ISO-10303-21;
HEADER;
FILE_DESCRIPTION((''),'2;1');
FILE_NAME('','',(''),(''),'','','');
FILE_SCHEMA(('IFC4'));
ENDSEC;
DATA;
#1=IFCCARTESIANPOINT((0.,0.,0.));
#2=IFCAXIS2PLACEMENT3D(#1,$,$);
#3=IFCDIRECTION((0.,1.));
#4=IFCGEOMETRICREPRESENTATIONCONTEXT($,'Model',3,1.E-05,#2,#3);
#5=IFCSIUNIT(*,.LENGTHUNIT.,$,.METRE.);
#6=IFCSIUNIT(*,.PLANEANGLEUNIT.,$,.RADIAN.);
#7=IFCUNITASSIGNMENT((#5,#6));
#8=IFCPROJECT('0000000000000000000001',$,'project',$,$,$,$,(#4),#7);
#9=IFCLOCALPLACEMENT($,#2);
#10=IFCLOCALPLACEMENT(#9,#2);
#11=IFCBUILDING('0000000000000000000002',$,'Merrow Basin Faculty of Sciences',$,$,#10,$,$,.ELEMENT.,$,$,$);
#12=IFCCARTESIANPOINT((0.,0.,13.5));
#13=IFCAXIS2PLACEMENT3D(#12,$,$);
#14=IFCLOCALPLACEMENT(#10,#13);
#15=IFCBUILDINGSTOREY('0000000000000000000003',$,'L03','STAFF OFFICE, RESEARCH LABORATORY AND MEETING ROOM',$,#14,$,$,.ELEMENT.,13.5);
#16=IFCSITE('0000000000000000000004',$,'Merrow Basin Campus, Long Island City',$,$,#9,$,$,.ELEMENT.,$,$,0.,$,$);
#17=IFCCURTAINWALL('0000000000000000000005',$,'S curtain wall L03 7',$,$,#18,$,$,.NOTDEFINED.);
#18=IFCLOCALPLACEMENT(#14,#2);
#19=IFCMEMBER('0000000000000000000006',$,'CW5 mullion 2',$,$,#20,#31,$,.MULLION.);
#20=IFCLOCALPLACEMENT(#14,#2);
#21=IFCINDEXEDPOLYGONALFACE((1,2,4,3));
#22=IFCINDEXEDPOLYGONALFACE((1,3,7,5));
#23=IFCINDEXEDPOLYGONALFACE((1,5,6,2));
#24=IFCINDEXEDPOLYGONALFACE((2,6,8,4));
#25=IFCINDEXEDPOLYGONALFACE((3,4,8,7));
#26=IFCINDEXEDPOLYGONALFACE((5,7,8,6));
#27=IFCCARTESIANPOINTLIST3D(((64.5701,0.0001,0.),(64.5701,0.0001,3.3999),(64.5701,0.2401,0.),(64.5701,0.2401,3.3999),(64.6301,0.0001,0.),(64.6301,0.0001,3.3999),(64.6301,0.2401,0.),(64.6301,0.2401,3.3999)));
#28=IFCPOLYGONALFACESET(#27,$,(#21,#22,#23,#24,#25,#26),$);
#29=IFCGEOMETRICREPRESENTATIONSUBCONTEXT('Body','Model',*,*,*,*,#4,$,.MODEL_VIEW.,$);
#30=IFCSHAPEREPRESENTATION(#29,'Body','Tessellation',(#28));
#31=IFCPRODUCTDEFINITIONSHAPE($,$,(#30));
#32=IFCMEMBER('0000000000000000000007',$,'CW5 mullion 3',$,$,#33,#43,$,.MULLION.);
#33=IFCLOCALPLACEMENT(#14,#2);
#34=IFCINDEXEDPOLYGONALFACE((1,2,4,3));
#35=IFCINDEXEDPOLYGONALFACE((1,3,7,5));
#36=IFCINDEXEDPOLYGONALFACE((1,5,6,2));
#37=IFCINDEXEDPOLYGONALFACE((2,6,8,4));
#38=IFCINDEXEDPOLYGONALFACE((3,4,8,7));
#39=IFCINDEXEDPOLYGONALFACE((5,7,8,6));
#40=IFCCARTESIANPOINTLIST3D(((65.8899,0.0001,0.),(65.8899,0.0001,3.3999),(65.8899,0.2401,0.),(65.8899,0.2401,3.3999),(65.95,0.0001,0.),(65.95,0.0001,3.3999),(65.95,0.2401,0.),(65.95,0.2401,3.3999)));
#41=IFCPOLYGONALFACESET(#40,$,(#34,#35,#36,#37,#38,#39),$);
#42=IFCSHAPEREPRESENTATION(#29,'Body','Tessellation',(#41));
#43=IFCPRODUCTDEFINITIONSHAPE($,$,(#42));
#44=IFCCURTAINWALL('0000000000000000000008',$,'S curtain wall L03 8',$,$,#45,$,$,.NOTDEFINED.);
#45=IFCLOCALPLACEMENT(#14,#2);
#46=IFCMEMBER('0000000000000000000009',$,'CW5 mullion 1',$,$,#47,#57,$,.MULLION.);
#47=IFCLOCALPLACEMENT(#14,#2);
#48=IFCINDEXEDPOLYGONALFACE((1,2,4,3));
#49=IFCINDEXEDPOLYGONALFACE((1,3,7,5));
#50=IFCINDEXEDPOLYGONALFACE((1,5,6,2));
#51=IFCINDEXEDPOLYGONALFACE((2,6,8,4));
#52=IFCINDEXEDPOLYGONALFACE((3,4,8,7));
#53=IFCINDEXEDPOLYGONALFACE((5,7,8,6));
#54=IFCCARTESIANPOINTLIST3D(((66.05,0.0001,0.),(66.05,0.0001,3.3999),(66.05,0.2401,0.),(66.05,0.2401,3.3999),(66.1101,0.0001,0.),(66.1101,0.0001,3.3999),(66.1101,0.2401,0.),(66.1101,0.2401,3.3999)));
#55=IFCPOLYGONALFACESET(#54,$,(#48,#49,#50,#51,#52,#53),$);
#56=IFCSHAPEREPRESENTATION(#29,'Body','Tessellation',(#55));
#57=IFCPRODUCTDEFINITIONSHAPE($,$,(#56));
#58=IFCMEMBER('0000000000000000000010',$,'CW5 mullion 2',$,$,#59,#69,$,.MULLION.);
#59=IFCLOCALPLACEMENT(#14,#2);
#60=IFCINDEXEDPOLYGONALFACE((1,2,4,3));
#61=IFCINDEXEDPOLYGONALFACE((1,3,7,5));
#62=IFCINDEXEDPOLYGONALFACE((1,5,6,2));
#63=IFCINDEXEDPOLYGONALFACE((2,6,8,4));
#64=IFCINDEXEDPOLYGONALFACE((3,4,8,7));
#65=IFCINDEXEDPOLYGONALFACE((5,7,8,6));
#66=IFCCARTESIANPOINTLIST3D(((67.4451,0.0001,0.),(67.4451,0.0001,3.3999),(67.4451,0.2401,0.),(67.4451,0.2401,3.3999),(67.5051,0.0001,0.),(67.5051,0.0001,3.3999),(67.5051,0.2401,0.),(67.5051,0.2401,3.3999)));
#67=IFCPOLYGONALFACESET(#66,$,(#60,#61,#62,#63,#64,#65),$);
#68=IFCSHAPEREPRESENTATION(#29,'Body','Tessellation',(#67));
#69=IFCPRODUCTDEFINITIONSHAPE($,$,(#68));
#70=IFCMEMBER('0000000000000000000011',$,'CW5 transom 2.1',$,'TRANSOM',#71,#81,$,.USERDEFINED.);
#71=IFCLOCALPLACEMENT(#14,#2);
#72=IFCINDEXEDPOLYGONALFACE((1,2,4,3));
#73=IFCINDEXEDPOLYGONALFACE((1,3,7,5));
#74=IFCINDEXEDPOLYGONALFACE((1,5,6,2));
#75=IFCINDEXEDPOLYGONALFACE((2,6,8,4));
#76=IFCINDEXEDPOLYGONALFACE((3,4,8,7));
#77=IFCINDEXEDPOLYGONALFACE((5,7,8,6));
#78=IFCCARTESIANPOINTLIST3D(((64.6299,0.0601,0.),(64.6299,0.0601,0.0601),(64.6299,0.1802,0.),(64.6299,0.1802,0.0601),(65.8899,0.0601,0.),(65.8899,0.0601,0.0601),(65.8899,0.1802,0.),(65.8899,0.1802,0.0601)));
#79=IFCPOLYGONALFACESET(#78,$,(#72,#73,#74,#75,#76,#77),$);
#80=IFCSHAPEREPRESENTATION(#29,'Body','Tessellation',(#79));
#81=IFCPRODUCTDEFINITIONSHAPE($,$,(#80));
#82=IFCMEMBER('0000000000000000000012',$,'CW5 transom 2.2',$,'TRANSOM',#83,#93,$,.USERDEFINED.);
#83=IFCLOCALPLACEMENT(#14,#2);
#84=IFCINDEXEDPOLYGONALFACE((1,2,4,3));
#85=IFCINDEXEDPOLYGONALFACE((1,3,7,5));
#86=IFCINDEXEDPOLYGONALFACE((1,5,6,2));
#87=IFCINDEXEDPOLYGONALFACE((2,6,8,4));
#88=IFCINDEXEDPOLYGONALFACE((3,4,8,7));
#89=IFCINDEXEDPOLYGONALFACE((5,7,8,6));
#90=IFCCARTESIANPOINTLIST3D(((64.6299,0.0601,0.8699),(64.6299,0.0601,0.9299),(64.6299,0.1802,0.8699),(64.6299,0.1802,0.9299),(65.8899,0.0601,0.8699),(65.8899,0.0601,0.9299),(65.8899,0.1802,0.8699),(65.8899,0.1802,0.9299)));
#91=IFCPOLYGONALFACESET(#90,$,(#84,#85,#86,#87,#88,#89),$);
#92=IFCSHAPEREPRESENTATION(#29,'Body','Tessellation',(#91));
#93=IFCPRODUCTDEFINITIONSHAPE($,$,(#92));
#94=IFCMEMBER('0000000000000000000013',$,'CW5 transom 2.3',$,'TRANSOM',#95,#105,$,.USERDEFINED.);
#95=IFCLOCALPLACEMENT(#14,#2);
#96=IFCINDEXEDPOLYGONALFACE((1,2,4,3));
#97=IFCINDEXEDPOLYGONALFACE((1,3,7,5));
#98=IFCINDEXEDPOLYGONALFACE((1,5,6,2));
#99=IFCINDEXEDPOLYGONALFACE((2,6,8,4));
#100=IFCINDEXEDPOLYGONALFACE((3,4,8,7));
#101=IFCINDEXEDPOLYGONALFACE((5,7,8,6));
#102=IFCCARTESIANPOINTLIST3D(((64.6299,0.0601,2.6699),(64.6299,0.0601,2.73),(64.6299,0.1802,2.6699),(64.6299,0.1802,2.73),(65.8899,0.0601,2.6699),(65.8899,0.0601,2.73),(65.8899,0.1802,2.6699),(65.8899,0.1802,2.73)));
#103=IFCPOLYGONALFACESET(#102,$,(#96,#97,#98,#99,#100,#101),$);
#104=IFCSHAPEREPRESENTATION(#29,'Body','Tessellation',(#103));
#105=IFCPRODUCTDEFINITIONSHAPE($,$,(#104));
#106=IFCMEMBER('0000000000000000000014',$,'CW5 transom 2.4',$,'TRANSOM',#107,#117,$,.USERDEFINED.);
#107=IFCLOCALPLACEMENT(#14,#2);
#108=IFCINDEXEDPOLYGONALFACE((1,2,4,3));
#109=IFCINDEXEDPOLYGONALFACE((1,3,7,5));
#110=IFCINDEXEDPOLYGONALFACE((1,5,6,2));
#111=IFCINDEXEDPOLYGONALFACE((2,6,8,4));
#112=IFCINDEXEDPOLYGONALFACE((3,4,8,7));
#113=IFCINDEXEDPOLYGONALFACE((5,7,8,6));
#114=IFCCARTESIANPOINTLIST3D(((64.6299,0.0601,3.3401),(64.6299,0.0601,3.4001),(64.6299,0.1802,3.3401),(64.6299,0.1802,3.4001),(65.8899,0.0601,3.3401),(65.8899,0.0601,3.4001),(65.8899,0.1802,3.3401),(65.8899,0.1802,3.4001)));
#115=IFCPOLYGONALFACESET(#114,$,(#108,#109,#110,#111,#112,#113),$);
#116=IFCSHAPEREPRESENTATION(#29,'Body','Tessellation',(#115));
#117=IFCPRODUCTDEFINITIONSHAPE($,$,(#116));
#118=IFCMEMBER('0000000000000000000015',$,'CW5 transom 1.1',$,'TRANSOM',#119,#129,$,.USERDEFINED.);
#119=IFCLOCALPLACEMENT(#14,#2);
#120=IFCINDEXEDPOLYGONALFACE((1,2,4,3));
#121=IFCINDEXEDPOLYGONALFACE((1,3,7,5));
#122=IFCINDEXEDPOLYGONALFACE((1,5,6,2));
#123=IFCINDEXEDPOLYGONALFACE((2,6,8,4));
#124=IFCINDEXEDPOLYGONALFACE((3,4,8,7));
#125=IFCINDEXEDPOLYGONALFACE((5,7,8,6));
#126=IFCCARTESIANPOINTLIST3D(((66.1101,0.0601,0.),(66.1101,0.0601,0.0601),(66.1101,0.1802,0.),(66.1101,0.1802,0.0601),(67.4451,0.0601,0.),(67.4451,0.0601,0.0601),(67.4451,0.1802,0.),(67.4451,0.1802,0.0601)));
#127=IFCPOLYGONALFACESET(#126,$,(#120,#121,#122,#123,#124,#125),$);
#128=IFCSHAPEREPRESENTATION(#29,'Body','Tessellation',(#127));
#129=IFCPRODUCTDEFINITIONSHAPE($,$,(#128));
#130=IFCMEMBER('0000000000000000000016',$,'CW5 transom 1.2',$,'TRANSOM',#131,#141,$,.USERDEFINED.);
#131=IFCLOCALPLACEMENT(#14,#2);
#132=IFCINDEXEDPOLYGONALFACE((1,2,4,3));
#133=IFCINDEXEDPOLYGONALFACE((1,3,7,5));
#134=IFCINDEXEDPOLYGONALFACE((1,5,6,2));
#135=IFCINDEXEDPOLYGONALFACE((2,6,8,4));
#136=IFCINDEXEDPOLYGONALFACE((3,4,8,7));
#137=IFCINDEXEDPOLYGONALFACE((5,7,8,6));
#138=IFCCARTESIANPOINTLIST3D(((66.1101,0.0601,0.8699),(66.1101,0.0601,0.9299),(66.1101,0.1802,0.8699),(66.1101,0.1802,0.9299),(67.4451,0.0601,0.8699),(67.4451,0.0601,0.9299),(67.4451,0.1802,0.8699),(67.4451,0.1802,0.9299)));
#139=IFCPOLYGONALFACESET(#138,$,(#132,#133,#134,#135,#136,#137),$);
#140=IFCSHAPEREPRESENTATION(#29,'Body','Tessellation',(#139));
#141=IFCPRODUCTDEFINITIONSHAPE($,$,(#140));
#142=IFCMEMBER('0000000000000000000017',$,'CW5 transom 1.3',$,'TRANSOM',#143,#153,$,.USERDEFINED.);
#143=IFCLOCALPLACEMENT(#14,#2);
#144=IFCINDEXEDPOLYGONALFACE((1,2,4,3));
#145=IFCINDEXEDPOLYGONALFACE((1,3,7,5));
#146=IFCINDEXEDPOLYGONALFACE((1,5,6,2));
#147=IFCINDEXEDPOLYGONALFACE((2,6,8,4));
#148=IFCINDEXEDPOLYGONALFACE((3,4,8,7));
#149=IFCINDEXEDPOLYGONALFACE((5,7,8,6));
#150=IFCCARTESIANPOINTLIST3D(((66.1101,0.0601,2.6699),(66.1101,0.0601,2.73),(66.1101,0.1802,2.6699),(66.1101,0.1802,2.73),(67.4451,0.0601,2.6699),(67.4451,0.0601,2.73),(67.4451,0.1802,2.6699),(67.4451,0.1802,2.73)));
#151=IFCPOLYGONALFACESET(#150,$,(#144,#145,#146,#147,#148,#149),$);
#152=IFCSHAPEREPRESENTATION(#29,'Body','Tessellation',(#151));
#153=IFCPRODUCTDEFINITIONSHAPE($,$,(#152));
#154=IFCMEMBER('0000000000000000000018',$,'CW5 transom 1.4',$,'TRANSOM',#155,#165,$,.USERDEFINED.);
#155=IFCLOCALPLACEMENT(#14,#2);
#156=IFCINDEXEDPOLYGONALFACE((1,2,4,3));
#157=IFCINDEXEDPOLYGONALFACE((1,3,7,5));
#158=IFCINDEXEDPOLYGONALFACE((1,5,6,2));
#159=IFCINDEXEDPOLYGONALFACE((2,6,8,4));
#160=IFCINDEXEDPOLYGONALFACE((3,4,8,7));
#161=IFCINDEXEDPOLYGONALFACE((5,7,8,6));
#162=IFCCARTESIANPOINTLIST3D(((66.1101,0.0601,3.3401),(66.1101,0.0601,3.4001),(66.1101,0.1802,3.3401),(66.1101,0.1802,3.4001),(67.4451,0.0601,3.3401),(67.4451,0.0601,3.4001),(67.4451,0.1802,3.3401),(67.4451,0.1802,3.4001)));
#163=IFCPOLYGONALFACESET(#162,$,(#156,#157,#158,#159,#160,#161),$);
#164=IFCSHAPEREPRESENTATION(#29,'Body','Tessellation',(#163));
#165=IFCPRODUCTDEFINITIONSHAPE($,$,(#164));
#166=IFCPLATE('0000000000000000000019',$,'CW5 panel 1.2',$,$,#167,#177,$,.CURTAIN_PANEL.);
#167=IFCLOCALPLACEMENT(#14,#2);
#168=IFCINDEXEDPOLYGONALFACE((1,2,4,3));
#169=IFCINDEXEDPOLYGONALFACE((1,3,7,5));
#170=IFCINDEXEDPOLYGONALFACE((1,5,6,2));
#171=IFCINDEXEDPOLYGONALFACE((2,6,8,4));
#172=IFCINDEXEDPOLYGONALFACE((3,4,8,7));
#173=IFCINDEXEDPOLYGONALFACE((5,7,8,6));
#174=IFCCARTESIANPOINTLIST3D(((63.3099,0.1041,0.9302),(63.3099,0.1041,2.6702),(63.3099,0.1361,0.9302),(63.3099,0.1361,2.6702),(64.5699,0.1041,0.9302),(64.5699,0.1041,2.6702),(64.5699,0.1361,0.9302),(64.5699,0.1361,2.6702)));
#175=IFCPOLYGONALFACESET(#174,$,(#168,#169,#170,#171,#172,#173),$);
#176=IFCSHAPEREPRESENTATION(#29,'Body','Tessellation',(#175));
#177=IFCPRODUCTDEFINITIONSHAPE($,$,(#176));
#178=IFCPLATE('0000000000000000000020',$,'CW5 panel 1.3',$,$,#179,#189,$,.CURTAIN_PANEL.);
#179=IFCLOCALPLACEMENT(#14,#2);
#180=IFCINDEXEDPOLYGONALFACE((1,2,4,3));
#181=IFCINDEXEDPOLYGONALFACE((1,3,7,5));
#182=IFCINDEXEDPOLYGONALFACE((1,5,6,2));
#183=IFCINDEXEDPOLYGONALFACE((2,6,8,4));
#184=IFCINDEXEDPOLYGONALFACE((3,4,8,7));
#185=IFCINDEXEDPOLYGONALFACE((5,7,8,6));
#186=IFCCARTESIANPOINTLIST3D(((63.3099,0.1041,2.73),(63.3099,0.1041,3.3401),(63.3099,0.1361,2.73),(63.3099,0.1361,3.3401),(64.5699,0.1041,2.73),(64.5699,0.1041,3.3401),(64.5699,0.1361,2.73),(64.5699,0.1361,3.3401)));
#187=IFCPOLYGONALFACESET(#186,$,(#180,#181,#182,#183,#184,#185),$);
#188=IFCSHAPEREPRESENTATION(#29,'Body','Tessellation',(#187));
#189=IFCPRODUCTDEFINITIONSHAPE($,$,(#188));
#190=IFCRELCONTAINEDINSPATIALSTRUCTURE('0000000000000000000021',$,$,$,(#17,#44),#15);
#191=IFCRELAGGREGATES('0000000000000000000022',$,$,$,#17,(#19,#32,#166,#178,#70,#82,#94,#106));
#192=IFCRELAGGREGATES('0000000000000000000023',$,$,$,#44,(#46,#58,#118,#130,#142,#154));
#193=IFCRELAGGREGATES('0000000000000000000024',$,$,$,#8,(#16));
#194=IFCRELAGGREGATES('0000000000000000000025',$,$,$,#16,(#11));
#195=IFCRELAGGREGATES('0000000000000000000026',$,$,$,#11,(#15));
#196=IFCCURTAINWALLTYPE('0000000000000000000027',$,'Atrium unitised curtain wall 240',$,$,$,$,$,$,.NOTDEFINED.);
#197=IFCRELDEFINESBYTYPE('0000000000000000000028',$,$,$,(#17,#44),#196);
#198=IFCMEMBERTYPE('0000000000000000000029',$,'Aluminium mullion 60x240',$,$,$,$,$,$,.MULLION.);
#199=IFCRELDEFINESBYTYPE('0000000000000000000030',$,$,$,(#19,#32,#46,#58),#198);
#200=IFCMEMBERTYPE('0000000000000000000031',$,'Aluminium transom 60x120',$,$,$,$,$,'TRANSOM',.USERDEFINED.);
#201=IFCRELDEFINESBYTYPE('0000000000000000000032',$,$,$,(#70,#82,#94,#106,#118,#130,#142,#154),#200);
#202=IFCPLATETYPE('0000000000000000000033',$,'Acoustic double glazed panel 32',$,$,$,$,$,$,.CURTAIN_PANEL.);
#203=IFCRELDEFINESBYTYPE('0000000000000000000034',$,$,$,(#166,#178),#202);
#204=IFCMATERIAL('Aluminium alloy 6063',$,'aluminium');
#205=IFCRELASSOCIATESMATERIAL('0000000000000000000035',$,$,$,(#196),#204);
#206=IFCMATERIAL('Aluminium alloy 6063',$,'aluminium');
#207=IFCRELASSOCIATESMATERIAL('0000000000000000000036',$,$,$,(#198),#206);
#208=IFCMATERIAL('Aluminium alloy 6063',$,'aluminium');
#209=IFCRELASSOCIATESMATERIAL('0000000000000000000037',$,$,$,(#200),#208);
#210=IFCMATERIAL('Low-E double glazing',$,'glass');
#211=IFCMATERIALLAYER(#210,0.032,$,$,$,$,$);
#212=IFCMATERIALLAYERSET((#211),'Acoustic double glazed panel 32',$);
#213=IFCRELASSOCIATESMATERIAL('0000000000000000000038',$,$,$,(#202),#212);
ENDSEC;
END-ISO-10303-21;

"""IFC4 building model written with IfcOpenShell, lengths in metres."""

from ifc_helpers import new_model, si_unit, direction, frame, origin, origin_2d, place, context, subcontext, project, spatial, rectangle, extrude, material, layer, layer_set, material_profile, profile_set, type_object, element, aggregate, save


model = new_model("IFC4")

# Units and contexts
model_context = context("Model", 3, precision=1e-05, world=origin(), true_north=direction((0.0, 1.0)))
body_context = subcontext(model_context, "Body", "Model", "MODEL_VIEW")
ifc_project = project(units=[si_unit("LENGTHUNIT", "METRE"), si_unit("PLANEANGLEUNIT", "RADIAN")], contexts=[model_context])

# Site, building, storey
site_placement = place(None, origin())
site = spatial("IfcSite", under=ifc_project, at=site_placement, Name="Merrow Basin Campus, Long Island City", CompositionType="ELEMENT", RefElevation=0.0)
building_placement = place(site_placement, origin())
building = spatial("IfcBuilding", under=site, at=building_placement, Name="Merrow Basin Faculty of Sciences", CompositionType="ELEMENT")
storey_placement = place(building_placement, frame((0.0, 0.0, 13.5)))
storey = spatial("IfcBuildingStorey", under=building, at=storey_placement, Name="L03", Description="STAFF OFFICE, RESEARCH LABORATORY AND MEETING ROOM", CompositionType="ELEMENT", Elevation=13.5)

# Curtain walls, members
ifc_material_1 = material(Name="Aluminium alloy 6063", Category="aluminium")
curtain_wall_type = type_object("IfcCurtainWallType", Name="Atrium unitised curtain wall 240", PredefinedType="NOTDEFINED", material=ifc_material_1)
curtain_wall_1_placement = place(storey_placement, origin())
curtain_wall_1 = element("IfcCurtainWall", 1, at=curtain_wall_1_placement, inside=storey, type_object=curtain_wall_type, Name="S curtain wall L03 7", PredefinedType="NOTDEFINED")
ifc_material_2 = material(Name="Aluminium alloy 6063", Category="aluminium")
ifc_material_profile_1 = material_profile(ifc_material_2, rectangle(XDim=0.24, YDim=0.0601, at=origin_2d()))
ifc_profile_set_1 = profile_set([ifc_material_profile_1], Name="Aluminium alloy 6063")
member_type_1 = type_object("IfcMemberType", Name="Aluminium mullion 60x240", PredefinedType="MULLION", material=ifc_profile_set_1)
member_1_placement = place(storey_placement, frame((64.6001, 0.1201, 0.0), z_axis=(0.0, 0.0, 1.0), x_axis=(0.0, 1.0, 0.0)))
member_1 = element("IfcMember", 2, at=member_1_placement, type_object=member_type_1, Name="CW5 mullion 2", PredefinedType="MULLION", context=body_context, shape_type="SweptSolid", body=[
    extrude(rectangle(XDim=0.24, YDim=0.0601, at=origin_2d()), origin(), (0.0, 0.0, 1.0), 3.3999),
])
member_2_placement = place(storey_placement, frame((65.9199, 0.1201, 0.0), z_axis=(0.0, 0.0, 1.0), x_axis=(0.0, 1.0, 0.0)))
member_2 = element("IfcMember", 3, at=member_2_placement, type_object=member_type_1, Name="CW5 mullion 3", PredefinedType="MULLION", context=body_context, shape_type="SweptSolid", body=[
    extrude(rectangle(XDim=0.24, YDim=0.0601, at=origin_2d()), origin(), (0.0, 0.0, 1.0), 3.3999),
])
curtain_wall_2_placement = place(storey_placement, origin())
curtain_wall_2 = element("IfcCurtainWall", 4, at=curtain_wall_2_placement, inside=storey, type_object=curtain_wall_type, Name="S curtain wall L03 8", PredefinedType="NOTDEFINED")
member_3_placement = place(storey_placement, frame((66.0801, 0.1201, 0.0), z_axis=(0.0, 0.0, 1.0), x_axis=(0.0, 1.0, 0.0)))
member_3 = element("IfcMember", 5, at=member_3_placement, type_object=member_type_1, Name="CW5 mullion 1", PredefinedType="MULLION", context=body_context, shape_type="SweptSolid", body=[
    extrude(rectangle(XDim=0.24, YDim=0.0601, at=origin_2d()), origin(), (0.0, 0.0, 1.0), 3.3999),
])
member_4_placement = place(storey_placement, frame((67.4751, 0.1201, 0.0), z_axis=(0.0, 0.0, 1.0), x_axis=(0.0, 1.0, 0.0)))
member_4 = element("IfcMember", 6, at=member_4_placement, type_object=member_type_1, Name="CW5 mullion 2", PredefinedType="MULLION", context=body_context, shape_type="SweptSolid", body=[
    extrude(rectangle(XDim=0.24, YDim=0.0601, at=origin_2d()), origin(), (0.0, 0.0, 1.0), 3.3999),
])

# Members
ifc_material_3 = material(Name="Aluminium alloy 6063", Category="aluminium")
ifc_material_profile_2 = material_profile(ifc_material_3, rectangle(XDim=0.1201, YDim=0.0601, at=origin_2d()))
ifc_profile_set_2 = profile_set([ifc_material_profile_2], Name="Aluminium alloy 6063")
member_type_2 = type_object("IfcMemberType", Name="Aluminium transom 60x120", ElementType="TRANSOM", PredefinedType="USERDEFINED", material=ifc_profile_set_2)
member_5_placement = place(storey_placement, frame((64.6299, 0.1201, 0.03), z_axis=(1.0, 0.0, 0.0), x_axis=(0.0, 1.0, 0.0)))
member_5 = element("IfcMember", 7, at=member_5_placement, type_object=member_type_2, Name="CW5 transom 2.1", ObjectType="TRANSOM", PredefinedType="USERDEFINED", context=body_context, shape_type="SweptSolid", body=[
    extrude(rectangle(XDim=0.1201, YDim=0.0601, at=origin_2d()), origin(), (0.0, 0.0, 1.0), 1.26),
])
member_6_placement = place(storey_placement, frame((64.6299, 0.1201, 0.8999), z_axis=(1.0, 0.0, 0.0), x_axis=(0.0, 1.0, 0.0)))
member_6 = element("IfcMember", 8, at=member_6_placement, type_object=member_type_2, Name="CW5 transom 2.2", ObjectType="TRANSOM", PredefinedType="USERDEFINED", context=body_context, shape_type="SweptSolid", body=[
    extrude(rectangle(XDim=0.1201, YDim=0.0601, at=origin_2d()), origin(), (0.0, 0.0, 1.0), 1.26),
])
member_7_placement = place(storey_placement, frame((64.6299, 0.1201, 2.7), z_axis=(1.0, 0.0, 0.0), x_axis=(0.0, 1.0, 0.0)))
member_7 = element("IfcMember", 9, at=member_7_placement, type_object=member_type_2, Name="CW5 transom 2.3", ObjectType="TRANSOM", PredefinedType="USERDEFINED", context=body_context, shape_type="SweptSolid", body=[
    extrude(rectangle(XDim=0.1201, YDim=0.0601, at=origin_2d()), origin(), (0.0, 0.0, 1.0), 1.26),
])
member_8_placement = place(storey_placement, frame((64.6299, 0.1201, 3.3701), z_axis=(1.0, 0.0, 0.0), x_axis=(0.0, 1.0, 0.0)))
member_8 = element("IfcMember", 10, at=member_8_placement, type_object=member_type_2, Name="CW5 transom 2.4", ObjectType="TRANSOM", PredefinedType="USERDEFINED", context=body_context, shape_type="SweptSolid", body=[
    extrude(rectangle(XDim=0.1201, YDim=0.0601, at=origin_2d()), origin(), (0.0, 0.0, 1.0), 1.26),
])
member_9_placement = place(storey_placement, frame((66.1101, 0.1201, 0.03), z_axis=(1.0, 0.0, 0.0), x_axis=(0.0, 1.0, 0.0)))
member_9 = element("IfcMember", 11, at=member_9_placement, type_object=member_type_2, Name="CW5 transom 1.1", ObjectType="TRANSOM", PredefinedType="USERDEFINED", context=body_context, shape_type="SweptSolid", body=[
    extrude(rectangle(XDim=0.1201, YDim=0.0601, at=origin_2d()), origin(), (0.0, 0.0, 1.0), 1.335),
])
member_10_placement = place(storey_placement, frame((66.1101, 0.1201, 0.8999), z_axis=(1.0, 0.0, 0.0), x_axis=(0.0, 1.0, 0.0)))
member_10 = element("IfcMember", 12, at=member_10_placement, type_object=member_type_2, Name="CW5 transom 1.2", ObjectType="TRANSOM", PredefinedType="USERDEFINED", context=body_context, shape_type="SweptSolid", body=[
    extrude(rectangle(XDim=0.1201, YDim=0.0601, at=origin_2d()), origin(), (0.0, 0.0, 1.0), 1.335),
])
member_11_placement = place(storey_placement, frame((66.1101, 0.1201, 2.7), z_axis=(1.0, 0.0, 0.0), x_axis=(0.0, 1.0, 0.0)))
member_11 = element("IfcMember", 13, at=member_11_placement, type_object=member_type_2, Name="CW5 transom 1.3", ObjectType="TRANSOM", PredefinedType="USERDEFINED", context=body_context, shape_type="SweptSolid", body=[
    extrude(rectangle(XDim=0.1201, YDim=0.0601, at=origin_2d()), origin(), (0.0, 0.0, 1.0), 1.335),
])
member_12_placement = place(storey_placement, frame((66.1101, 0.1201, 3.3701), z_axis=(1.0, 0.0, 0.0), x_axis=(0.0, 1.0, 0.0)))
member_12 = element("IfcMember", 14, at=member_12_placement, type_object=member_type_2, Name="CW5 transom 1.4", ObjectType="TRANSOM", PredefinedType="USERDEFINED", context=body_context, shape_type="SweptSolid", body=[
    extrude(rectangle(XDim=0.1201, YDim=0.0601, at=origin_2d()), origin(), (0.0, 0.0, 1.0), 1.335),
])

# Plates
ifc_material_4 = material(Name="Low-E double glazing", Category="glass")
ifc_layer_1 = layer(ifc_material_4, 0.032)
ifc_layer_set_1 = layer_set([ifc_layer_1], Name="Acoustic double glazed panel 32")
plate_type_1 = type_object("IfcPlateType", Name="Acoustic double glazed panel 32", PredefinedType="CURTAIN_PANEL", material=ifc_layer_set_1)
plate_1_placement = place(storey_placement, frame((63.9399, 0.1201, 0.9302), z_axis=(0.0, 0.0, 1.0), x_axis=(1.0, 0.0, 0.0)))
plate_1 = element("IfcPlate", 15, at=plate_1_placement, type_object=plate_type_1, Name="CW5 panel 1.2", PredefinedType="CURTAIN_PANEL", context=body_context, shape_type="SweptSolid", body=[
    extrude(rectangle(XDim=1.26, YDim=0.032, at=origin_2d()), origin(), (0.0, 0.0, 1.0), 1.74),
])
plate_2_placement = place(storey_placement, frame((63.9399, 0.1201, 2.73), z_axis=(0.0, 0.0, 1.0), x_axis=(1.0, 0.0, 0.0)))
plate_2 = element("IfcPlate", 16, at=plate_2_placement, type_object=plate_type_1, Name="CW5 panel 1.3", PredefinedType="CURTAIN_PANEL", context=body_context, shape_type="SweptSolid", body=[
    extrude(rectangle(XDim=1.26, YDim=0.032, at=origin_2d()), origin(), (0.0, 0.0, 1.0), 0.6101),
])
aggregate(curtain_wall_1, [member_1, member_2, plate_1, plate_2, member_5, member_6, member_7, member_8])
aggregate(curtain_wall_2, [member_3, member_4, member_9, member_10, member_11, member_12])

save(model, "model.ifc")
